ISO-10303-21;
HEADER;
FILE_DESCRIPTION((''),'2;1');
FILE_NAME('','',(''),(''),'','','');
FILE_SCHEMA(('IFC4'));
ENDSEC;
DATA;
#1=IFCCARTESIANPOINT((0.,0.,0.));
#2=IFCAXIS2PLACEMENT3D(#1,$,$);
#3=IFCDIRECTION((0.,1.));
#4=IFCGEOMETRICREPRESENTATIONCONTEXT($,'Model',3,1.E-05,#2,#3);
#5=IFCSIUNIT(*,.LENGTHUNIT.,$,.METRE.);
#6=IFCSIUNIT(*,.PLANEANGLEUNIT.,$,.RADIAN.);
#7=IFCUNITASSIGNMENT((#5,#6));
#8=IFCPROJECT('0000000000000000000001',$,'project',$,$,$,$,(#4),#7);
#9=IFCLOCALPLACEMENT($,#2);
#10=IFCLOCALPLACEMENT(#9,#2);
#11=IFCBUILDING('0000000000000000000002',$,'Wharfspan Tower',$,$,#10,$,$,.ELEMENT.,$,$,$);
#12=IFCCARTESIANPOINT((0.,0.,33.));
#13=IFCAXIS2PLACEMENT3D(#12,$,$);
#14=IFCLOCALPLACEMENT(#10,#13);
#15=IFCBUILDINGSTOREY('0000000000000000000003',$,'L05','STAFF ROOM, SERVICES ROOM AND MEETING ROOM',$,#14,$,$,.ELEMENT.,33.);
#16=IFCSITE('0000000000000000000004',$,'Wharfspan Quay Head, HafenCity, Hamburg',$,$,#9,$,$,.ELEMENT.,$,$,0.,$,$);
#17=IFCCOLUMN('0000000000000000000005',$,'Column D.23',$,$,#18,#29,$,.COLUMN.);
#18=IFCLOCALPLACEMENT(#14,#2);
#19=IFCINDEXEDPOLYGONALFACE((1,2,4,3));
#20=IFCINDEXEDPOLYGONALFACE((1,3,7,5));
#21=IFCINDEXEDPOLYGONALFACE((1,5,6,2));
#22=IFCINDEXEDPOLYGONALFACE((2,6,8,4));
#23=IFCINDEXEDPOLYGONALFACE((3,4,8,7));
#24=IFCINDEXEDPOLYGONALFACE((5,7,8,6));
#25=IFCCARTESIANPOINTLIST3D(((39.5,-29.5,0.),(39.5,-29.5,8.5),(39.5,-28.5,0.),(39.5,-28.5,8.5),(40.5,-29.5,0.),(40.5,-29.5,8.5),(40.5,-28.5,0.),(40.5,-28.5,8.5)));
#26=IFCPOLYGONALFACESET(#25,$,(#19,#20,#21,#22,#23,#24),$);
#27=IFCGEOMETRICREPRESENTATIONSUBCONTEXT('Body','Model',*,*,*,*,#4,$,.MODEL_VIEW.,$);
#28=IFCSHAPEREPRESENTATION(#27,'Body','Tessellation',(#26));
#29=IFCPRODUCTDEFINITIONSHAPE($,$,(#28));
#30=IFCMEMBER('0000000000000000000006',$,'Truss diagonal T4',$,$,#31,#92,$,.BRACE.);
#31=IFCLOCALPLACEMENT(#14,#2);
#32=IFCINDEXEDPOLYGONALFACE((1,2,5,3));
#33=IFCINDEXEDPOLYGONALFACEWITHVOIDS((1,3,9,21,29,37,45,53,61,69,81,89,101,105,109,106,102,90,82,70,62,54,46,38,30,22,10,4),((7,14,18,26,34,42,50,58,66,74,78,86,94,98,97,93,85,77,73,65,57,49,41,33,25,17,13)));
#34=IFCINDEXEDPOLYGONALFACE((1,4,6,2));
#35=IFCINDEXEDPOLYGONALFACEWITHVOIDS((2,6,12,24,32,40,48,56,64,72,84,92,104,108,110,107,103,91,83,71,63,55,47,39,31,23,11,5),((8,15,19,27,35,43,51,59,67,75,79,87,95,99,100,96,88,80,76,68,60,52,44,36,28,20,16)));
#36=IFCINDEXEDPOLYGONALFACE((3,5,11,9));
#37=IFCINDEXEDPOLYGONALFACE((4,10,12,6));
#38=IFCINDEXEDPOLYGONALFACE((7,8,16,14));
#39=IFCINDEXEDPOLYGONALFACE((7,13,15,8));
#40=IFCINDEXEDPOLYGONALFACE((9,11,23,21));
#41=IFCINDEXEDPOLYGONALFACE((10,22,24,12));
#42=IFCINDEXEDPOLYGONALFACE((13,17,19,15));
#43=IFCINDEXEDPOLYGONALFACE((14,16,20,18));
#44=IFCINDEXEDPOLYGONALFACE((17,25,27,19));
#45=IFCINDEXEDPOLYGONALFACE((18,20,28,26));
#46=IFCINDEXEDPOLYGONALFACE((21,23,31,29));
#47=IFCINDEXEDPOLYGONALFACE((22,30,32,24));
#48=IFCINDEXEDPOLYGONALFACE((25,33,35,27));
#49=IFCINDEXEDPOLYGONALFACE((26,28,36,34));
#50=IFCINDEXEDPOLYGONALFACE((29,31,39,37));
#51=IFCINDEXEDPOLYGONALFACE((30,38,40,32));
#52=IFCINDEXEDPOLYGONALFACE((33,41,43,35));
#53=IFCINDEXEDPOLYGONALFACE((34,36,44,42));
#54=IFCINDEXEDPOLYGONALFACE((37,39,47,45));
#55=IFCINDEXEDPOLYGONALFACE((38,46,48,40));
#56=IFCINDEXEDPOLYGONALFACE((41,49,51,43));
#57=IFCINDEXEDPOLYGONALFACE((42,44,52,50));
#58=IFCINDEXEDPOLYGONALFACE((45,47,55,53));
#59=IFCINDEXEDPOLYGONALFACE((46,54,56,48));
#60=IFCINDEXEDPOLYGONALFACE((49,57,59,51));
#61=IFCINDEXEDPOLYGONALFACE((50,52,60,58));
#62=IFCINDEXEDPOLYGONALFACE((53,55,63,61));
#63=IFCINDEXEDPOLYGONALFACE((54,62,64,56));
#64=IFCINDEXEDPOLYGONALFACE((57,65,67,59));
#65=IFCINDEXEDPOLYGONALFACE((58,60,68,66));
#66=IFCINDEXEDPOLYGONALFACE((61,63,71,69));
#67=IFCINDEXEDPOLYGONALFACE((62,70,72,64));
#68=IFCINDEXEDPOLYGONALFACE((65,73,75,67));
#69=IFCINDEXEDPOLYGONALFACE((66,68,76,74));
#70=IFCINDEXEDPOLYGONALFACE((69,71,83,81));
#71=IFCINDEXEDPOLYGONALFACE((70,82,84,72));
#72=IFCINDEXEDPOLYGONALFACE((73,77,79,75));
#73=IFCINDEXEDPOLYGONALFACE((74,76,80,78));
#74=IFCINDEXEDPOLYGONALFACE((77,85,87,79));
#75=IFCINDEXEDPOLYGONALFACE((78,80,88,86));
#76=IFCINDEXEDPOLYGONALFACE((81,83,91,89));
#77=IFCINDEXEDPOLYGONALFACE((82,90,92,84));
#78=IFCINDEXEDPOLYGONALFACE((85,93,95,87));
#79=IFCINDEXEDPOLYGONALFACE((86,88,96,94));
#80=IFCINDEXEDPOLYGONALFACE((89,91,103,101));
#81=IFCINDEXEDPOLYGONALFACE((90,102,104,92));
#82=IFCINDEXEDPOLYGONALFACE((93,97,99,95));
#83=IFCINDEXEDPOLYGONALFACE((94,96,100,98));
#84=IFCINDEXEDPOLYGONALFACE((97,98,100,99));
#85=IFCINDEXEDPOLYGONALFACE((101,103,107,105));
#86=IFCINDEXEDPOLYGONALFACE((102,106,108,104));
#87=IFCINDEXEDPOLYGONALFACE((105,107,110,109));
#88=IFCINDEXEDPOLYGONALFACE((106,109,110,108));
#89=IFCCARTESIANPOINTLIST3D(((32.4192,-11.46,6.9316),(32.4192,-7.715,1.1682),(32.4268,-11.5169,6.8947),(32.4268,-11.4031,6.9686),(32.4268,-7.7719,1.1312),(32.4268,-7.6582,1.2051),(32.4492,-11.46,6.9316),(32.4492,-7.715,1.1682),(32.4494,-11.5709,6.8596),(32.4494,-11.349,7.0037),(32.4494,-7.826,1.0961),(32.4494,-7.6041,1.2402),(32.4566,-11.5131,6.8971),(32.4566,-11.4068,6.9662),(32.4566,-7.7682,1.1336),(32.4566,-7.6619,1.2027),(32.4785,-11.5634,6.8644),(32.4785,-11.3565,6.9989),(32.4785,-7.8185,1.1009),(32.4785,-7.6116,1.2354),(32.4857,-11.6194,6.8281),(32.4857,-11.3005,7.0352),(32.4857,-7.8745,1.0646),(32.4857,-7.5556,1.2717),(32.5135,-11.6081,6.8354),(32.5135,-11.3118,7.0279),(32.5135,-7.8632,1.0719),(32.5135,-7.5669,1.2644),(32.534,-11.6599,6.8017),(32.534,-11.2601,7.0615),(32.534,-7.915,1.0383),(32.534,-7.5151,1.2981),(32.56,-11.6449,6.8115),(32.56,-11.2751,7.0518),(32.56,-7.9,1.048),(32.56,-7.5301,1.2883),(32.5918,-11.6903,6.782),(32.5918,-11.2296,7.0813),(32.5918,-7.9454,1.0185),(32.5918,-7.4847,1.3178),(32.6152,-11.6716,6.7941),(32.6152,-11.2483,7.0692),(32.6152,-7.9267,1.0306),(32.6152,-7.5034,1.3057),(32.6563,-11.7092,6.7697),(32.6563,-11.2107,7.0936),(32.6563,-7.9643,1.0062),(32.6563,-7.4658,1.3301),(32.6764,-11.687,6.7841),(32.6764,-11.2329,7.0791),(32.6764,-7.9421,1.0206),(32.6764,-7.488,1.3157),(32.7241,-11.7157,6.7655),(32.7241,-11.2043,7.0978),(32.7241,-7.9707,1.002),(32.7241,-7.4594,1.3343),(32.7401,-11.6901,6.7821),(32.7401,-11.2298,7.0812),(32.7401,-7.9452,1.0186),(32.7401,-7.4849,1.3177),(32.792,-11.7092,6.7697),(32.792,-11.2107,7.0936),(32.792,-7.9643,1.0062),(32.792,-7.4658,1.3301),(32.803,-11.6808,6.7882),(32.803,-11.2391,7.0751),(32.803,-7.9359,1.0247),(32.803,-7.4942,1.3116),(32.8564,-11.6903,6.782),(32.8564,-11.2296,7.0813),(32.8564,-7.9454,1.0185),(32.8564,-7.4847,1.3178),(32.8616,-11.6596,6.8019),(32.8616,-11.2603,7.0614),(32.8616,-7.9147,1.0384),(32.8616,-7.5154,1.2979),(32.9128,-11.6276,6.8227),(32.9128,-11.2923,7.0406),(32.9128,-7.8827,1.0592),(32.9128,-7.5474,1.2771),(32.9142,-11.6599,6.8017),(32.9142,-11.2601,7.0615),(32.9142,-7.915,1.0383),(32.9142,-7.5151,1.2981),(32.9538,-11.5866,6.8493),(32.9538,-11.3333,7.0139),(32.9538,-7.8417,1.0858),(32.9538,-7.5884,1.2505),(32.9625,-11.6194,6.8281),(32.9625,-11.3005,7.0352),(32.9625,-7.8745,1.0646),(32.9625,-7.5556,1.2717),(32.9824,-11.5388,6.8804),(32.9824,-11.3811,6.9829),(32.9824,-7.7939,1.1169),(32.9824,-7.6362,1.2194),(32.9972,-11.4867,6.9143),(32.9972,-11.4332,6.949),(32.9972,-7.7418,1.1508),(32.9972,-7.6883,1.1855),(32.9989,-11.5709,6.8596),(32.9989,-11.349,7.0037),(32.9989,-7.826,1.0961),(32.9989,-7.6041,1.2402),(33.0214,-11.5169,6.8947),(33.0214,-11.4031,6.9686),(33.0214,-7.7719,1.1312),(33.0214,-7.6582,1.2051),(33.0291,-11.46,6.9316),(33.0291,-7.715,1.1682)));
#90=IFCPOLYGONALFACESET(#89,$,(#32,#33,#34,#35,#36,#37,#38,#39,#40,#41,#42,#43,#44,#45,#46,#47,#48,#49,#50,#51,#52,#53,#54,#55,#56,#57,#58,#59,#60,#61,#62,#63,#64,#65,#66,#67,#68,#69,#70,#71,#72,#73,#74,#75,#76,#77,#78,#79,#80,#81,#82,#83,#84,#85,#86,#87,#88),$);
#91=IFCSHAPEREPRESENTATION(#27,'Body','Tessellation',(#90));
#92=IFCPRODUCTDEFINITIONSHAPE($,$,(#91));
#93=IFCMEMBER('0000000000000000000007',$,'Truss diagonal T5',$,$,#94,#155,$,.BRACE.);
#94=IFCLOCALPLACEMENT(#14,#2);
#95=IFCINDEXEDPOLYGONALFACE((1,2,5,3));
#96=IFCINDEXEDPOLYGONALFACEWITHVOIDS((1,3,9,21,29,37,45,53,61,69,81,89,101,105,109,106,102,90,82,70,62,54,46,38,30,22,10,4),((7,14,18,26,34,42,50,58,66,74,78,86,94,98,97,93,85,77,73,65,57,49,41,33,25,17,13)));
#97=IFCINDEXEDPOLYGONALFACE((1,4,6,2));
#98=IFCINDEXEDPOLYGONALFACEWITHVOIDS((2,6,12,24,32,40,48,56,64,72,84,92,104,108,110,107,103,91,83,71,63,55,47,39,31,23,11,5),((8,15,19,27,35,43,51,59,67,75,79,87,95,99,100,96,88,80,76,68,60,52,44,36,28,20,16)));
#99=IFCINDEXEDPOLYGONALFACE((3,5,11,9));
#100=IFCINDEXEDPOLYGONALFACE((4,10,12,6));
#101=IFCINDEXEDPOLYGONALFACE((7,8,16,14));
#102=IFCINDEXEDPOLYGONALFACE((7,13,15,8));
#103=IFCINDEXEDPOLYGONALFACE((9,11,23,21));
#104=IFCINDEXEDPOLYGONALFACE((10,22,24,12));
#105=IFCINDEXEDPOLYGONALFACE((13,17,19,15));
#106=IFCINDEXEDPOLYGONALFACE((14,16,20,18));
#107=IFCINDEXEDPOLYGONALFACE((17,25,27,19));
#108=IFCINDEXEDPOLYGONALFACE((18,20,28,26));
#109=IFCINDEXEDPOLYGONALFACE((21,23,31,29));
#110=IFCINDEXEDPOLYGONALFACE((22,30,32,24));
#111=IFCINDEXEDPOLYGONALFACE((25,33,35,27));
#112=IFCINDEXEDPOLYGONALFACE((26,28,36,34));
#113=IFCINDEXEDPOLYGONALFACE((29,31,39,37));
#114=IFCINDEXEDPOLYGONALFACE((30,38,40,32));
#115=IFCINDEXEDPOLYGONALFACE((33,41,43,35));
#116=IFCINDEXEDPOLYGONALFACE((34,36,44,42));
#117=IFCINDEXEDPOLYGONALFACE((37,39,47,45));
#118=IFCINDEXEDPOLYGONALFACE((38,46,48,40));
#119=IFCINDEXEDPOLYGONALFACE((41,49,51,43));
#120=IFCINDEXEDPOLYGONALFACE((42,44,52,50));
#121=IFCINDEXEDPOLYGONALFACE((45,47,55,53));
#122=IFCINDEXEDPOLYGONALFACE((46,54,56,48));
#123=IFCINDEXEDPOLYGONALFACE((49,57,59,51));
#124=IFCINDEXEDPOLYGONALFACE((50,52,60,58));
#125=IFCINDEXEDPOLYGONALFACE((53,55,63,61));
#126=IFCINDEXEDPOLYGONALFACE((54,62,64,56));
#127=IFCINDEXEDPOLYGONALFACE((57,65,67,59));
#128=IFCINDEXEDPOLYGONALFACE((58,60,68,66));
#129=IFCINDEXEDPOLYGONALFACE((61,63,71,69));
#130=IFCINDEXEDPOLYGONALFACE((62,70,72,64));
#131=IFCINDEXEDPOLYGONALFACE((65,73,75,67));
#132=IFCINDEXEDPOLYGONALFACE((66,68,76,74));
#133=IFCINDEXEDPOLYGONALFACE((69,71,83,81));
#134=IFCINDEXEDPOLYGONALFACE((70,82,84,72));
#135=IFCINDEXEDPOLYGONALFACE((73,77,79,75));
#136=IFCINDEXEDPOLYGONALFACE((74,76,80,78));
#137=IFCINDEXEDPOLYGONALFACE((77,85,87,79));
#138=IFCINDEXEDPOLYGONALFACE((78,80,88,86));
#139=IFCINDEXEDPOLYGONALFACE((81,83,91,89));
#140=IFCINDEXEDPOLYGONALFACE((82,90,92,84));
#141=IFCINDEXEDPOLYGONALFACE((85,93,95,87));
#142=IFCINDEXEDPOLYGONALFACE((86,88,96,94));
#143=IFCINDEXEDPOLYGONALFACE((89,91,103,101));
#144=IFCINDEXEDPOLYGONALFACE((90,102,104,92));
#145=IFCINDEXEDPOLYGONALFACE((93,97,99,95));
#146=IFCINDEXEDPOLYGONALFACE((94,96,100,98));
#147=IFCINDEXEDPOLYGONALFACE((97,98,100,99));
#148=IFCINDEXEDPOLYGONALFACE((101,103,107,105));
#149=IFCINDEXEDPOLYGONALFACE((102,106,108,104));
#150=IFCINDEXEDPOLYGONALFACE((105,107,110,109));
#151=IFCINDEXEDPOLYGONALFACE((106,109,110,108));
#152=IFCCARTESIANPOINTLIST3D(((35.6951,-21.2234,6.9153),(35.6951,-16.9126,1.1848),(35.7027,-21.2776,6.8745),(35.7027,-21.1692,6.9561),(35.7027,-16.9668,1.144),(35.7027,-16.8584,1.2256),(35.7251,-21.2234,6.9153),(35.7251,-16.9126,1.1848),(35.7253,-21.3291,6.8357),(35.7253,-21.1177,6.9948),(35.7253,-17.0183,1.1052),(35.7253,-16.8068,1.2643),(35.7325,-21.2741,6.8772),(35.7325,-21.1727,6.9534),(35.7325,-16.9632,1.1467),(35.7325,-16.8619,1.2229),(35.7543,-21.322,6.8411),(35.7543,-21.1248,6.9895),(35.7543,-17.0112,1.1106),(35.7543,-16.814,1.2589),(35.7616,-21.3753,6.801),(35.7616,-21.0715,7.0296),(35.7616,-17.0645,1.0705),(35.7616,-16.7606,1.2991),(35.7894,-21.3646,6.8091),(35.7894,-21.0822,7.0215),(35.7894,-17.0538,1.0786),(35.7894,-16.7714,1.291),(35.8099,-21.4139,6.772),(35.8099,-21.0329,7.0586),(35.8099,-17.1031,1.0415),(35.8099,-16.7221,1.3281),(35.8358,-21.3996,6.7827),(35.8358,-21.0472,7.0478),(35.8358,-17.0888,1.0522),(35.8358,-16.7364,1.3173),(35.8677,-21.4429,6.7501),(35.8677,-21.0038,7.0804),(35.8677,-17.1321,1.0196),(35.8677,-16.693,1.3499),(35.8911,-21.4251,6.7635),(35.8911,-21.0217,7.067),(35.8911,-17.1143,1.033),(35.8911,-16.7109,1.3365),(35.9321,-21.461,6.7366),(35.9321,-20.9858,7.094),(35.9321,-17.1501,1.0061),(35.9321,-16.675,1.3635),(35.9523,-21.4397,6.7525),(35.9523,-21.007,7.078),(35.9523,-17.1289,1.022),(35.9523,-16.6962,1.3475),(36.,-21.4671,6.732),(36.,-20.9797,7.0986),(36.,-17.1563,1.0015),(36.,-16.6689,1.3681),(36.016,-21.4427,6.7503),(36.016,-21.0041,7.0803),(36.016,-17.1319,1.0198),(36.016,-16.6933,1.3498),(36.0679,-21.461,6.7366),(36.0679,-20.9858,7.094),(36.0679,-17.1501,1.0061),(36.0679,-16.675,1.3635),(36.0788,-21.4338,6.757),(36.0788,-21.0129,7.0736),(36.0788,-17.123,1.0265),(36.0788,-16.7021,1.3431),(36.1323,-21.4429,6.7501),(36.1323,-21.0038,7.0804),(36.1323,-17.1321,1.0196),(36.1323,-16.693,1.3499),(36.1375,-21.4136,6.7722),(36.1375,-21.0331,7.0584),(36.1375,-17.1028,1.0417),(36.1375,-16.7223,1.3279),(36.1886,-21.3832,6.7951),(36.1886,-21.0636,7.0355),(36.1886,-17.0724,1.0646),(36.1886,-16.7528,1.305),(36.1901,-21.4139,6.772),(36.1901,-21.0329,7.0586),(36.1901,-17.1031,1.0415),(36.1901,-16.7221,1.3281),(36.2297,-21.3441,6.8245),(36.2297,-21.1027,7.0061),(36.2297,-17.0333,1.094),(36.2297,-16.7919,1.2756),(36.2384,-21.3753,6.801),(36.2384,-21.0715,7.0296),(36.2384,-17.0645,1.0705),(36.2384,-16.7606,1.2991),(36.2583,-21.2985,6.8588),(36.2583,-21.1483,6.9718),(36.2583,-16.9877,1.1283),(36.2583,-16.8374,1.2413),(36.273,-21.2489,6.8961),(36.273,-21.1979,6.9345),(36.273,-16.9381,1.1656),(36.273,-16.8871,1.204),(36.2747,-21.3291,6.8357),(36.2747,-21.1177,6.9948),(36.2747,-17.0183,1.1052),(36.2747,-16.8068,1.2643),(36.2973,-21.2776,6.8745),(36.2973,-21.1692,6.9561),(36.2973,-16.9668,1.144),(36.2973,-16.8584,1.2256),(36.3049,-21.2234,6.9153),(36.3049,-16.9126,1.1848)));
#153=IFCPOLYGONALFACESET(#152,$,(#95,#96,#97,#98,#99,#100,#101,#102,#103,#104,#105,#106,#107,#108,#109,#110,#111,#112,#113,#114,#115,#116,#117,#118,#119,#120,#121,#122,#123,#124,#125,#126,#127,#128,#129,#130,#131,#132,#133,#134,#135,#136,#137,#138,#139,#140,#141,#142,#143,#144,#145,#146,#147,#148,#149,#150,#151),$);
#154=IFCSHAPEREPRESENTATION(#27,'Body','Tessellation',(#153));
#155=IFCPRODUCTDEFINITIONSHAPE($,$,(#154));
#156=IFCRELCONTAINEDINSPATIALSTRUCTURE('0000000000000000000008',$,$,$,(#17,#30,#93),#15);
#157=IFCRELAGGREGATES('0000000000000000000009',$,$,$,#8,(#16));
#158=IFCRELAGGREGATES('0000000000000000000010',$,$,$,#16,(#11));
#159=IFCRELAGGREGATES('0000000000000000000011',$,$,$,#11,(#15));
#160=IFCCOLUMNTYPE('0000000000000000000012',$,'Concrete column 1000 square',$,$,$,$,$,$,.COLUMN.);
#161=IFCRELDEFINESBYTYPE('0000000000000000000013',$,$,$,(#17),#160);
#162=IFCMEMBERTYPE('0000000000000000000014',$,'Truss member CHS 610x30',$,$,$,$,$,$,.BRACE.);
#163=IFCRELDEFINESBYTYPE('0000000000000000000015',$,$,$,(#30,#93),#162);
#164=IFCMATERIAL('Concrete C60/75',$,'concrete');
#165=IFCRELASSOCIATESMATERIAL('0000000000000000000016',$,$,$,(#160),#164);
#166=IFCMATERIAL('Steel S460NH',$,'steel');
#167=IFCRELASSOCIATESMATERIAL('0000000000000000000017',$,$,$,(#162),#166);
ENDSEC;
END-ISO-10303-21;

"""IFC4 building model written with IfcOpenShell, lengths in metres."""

from ifc_helpers import new_model, si_unit, direction, frame, origin, origin_2d, place, context, subcontext, project, spatial, rectangle, hollow_circle, extrude, material, material_profile, profile_set, type_object, element, save


model = new_model("IFC4")

# Units and contexts
model_context = context("Model", 3, precision=1e-05, world=origin(), true_north=direction((0.0, 1.0)))
body_context = subcontext(model_context, "Body", "Model", "MODEL_VIEW")
ifc_project = project(units=[si_unit("LENGTHUNIT", "METRE"), si_unit("PLANEANGLEUNIT", "RADIAN")], contexts=[model_context])

# Site, building, storey
site_placement = place(None, origin())
site = spatial("IfcSite", under=ifc_project, at=site_placement, Name="Wharfspan Quay Head, HafenCity, Hamburg", CompositionType="ELEMENT", RefElevation=0.0)
building_placement = place(site_placement, origin())
building = spatial("IfcBuilding", under=site, at=building_placement, Name="Wharfspan Tower", CompositionType="ELEMENT")
storey_placement = place(building_placement, frame((0.0, 0.0, 33.0)))
storey = spatial("IfcBuildingStorey", under=building, at=storey_placement, Name="L05", Description="STAFF ROOM, SERVICES ROOM AND MEETING ROOM", CompositionType="ELEMENT", Elevation=33.0)

# Column
ifc_material_1 = material(Name="Concrete C60/75", Category="concrete")
ifc_material_profile_1 = material_profile(ifc_material_1, rectangle(XDim=1.0, YDim=1.0, at=origin_2d()))
ifc_profile_set_1 = profile_set([ifc_material_profile_1], Name="Concrete C60/75")
column_type = type_object("IfcColumnType", Name="Concrete column 1000 square", PredefinedType="COLUMN", material=ifc_profile_set_1)
column_placement = place(storey_placement, frame((40.0, -29.0, 0.0), z_axis=(0.0, 0.0, 1.0), x_axis=(1.0, 0.0, 0.0)))
element("IfcColumn", 1, at=column_placement, inside=storey, type_object=column_type, Name="Column D.23", PredefinedType="COLUMN", context=body_context, shape_type="SweptSolid", body=[
    extrude(rectangle(XDim=1.0, YDim=1.0, at=origin_2d()), origin(), (0.0, 0.0, 1.0), 8.5),
])

# Members
ifc_material_2 = material(Name="Steel S460NH", Category="steel")
ifc_material_profile_2 = material_profile(ifc_material_2, hollow_circle(Radius=0.3049, WallThickness=0.03, at=origin_2d()))
ifc_profile_set_2 = profile_set([ifc_material_profile_2], Name="Steel S460NH")
member_type_1 = type_object("IfcMemberType", Name="Truss member CHS 610x30", PredefinedType="BRACE", material=ifc_profile_set_2)
member_1_placement = place(storey_placement, frame((32.7241, -11.46, 6.9316), z_axis=(0.0, 0.54485, -0.838534), x_axis=(-1.0, 0.0, 0.0)))
element("IfcMember", 2, at=member_1_placement, inside=storey, type_object=member_type_1, Name="Truss diagonal T4", PredefinedType="BRACE", context=body_context, shape_type="SweptSolid", body=[
    extrude(hollow_circle(Radius=0.3049, WallThickness=0.03, at=origin_2d()), origin(), (0.0, 0.0, 1.0), 6.8733),
])
member_2_placement = place(storey_placement, frame((36.0, -21.2234, 6.9153), z_axis=(0.0, 0.601154, -0.799133), x_axis=(-1.0, 0.0, 0.0)))
element("IfcMember", 3, at=member_2_placement, inside=storey, type_object=member_type_1, Name="Truss diagonal T5", PredefinedType="BRACE", context=body_context, shape_type="SweptSolid", body=[
    extrude(hollow_circle(Radius=0.3049, WallThickness=0.03, at=origin_2d()), origin(), (0.0, 0.0, 1.0), 7.1709),
])

save(model, "model.ifc")
